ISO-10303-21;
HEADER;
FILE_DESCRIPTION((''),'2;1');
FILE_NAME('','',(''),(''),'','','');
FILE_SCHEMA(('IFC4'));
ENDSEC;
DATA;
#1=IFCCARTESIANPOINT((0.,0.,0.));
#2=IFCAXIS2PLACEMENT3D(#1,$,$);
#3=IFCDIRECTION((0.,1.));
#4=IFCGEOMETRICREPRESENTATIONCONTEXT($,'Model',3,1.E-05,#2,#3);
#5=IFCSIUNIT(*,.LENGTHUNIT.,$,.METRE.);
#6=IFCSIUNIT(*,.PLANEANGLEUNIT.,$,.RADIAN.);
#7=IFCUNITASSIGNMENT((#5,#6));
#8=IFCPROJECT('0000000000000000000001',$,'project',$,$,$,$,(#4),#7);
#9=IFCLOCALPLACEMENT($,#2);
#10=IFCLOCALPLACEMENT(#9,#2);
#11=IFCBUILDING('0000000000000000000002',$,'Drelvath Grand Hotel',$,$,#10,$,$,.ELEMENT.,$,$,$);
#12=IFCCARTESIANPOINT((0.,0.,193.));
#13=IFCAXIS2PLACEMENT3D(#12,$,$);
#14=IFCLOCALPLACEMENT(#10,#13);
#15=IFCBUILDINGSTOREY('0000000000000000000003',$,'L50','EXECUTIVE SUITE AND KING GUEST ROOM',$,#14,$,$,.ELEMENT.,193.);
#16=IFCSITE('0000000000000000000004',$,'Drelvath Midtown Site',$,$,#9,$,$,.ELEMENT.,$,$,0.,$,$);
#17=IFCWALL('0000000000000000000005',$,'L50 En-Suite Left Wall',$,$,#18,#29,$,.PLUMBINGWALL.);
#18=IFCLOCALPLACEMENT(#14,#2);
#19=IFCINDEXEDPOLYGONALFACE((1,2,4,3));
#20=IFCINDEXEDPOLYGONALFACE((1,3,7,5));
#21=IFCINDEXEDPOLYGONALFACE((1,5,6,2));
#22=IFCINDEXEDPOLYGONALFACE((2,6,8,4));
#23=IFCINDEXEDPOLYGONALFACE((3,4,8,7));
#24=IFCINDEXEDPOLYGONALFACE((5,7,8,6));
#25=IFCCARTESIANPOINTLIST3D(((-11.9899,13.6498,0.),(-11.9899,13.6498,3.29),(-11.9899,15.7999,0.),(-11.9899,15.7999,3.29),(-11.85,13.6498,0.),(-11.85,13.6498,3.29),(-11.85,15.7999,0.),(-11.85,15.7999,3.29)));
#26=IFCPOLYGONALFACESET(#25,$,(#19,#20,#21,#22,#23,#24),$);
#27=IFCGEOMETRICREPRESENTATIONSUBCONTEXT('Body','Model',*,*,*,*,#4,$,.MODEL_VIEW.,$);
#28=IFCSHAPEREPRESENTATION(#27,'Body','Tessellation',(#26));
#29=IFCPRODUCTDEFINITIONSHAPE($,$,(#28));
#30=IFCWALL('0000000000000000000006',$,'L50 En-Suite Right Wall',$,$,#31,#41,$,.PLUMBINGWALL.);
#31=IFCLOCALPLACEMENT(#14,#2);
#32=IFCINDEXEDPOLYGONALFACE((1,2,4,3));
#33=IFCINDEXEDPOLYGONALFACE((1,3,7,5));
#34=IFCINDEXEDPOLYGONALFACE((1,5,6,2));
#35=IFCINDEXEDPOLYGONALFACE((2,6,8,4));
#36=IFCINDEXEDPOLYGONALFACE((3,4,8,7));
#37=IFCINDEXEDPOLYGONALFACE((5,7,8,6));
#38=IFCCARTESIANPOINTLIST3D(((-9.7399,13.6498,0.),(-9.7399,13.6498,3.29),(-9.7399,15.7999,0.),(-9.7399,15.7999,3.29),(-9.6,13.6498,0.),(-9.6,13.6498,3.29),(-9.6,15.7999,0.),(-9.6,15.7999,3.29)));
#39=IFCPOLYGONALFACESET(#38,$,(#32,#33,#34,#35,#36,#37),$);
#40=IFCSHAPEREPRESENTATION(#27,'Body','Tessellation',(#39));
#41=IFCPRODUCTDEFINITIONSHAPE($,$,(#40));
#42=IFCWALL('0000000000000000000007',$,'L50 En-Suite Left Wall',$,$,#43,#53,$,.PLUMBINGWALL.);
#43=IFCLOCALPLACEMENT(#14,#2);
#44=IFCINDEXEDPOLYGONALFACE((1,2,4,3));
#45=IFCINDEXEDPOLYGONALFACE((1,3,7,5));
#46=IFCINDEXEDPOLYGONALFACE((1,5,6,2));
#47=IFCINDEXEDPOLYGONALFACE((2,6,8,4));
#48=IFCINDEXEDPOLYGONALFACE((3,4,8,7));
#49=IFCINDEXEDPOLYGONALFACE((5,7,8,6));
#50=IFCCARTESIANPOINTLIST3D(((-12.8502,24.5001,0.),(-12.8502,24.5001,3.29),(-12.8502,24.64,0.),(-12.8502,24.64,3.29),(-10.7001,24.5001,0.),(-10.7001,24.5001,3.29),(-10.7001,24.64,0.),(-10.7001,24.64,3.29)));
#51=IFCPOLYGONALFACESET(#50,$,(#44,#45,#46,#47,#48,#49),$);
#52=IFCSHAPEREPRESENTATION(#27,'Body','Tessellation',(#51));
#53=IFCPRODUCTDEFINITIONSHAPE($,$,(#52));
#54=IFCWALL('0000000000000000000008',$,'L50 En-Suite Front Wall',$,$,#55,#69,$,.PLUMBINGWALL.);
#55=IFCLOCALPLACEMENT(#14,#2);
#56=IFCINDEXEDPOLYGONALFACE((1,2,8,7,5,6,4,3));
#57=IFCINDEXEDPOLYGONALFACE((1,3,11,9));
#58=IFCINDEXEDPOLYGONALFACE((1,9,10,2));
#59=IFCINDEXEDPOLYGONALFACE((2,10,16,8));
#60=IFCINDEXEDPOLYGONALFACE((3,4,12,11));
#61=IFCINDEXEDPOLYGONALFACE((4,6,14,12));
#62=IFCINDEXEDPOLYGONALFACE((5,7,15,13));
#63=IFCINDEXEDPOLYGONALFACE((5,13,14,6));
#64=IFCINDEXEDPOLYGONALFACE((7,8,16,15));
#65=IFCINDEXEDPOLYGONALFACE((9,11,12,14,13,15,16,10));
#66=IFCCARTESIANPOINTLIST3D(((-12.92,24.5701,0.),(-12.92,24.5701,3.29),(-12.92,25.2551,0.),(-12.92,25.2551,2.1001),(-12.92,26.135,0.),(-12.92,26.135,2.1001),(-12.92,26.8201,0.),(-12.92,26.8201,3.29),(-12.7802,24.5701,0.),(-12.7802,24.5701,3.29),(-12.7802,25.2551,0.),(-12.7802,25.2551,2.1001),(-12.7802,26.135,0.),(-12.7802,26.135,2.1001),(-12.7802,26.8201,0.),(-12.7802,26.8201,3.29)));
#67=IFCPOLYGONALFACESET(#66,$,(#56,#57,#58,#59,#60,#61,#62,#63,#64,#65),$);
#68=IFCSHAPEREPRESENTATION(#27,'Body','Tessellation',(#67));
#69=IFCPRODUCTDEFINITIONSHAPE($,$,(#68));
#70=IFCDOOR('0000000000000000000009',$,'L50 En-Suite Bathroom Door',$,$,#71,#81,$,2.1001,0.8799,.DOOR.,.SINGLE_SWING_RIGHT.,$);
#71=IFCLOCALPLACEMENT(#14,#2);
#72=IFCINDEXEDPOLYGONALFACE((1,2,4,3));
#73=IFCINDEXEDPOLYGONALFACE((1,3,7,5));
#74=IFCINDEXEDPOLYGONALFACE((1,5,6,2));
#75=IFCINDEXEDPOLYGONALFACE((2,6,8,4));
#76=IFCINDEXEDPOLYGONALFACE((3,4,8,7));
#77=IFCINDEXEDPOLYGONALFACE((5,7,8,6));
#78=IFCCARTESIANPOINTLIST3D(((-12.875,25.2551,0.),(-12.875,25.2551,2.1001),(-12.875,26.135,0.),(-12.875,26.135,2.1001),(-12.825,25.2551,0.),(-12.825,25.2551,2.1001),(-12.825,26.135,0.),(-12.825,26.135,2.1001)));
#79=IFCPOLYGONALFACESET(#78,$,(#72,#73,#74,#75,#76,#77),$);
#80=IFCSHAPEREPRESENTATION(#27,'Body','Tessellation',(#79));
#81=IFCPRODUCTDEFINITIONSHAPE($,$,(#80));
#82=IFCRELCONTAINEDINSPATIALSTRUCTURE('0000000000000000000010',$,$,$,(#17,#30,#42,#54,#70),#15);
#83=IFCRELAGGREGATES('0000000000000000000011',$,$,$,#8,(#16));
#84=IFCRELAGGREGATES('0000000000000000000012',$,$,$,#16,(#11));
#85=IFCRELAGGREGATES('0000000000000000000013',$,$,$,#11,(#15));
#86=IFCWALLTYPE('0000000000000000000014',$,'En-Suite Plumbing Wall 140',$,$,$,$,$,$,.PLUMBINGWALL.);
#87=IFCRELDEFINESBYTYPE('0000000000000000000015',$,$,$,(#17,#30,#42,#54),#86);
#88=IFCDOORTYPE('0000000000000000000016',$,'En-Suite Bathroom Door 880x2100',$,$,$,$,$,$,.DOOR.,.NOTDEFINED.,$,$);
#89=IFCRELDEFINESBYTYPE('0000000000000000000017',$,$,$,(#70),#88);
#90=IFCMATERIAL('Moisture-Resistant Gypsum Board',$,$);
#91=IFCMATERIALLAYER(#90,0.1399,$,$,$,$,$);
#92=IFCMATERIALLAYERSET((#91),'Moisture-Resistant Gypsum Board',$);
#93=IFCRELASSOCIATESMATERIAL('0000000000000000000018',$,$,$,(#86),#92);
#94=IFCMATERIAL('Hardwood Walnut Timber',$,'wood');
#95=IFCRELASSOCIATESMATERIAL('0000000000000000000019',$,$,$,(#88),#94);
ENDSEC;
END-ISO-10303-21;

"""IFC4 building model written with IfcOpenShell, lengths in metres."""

from ifc_helpers import new_model, si_unit, direction, frame, frame_2d, origin, place, context, subcontext, project, spatial, rectangle, extrude, material, layer, layer_set, type_object, element, fill, save


model = new_model("IFC4")

# Units and contexts
model_context = context("Model", 3, precision=1e-05, world=origin(), true_north=direction((0.0, 1.0)))
body_context = subcontext(model_context, "Body", "Model", "MODEL_VIEW")
ifc_project = project(units=[si_unit("LENGTHUNIT", "METRE"), si_unit("PLANEANGLEUNIT", "RADIAN")], contexts=[model_context])

# Site, building, storey
site_placement = place(None, origin())
site = spatial("IfcSite", under=ifc_project, at=site_placement, Name="Drelvath Midtown Site", CompositionType="ELEMENT", RefElevation=0.0)
building_placement = place(site_placement, origin())
building = spatial("IfcBuilding", under=site, at=building_placement, Name="Drelvath Grand Hotel", CompositionType="ELEMENT")
storey_placement = place(building_placement, frame((0.0, 0.0, 193.0)))
storey = spatial("IfcBuildingStorey", under=building, at=storey_placement, Name="L50", Description="EXECUTIVE SUITE AND KING GUEST ROOM", CompositionType="ELEMENT", Elevation=193.0)

# Shared definitions
ifc_material_1 = material(Name="Hardwood Walnut Timber", Category="wood")

# Walls
ifc_material_2 = material(Name="Moisture-Resistant Gypsum Board")
ifc_layer_1 = layer(ifc_material_2, 0.1399)
ifc_layer_set_1 = layer_set([ifc_layer_1], Name="Moisture-Resistant Gypsum Board")
wall_type_1 = type_object("IfcWallType", Name="En-Suite Plumbing Wall 140", PredefinedType="PLUMBINGWALL", material=ifc_layer_set_1)
for number, where, z_axis, x_axis, name in (
    (1, (-11.9199, 15.8, 0.0), (0.0, 0.0, 1.0), (0.0, -1.0, 0.0), "L50 En-Suite Left Wall"),
    (2, (-9.6699, 15.8, 0.0), (0.0, 0.0, 1.0), (0.0, -1.0, 0.0), "L50 En-Suite Right Wall"),
    (3, (-10.7, 24.5701, 0.0), (0.0, 0.0, 1.0), (-1.0, 0.0, 0.0), "L50 En-Suite Left Wall"),
):
    element("IfcWall", number, at=place(storey_placement, frame(where, z_axis=z_axis, x_axis=x_axis)), inside=storey, type_object=wall_type_1, Name=name, PredefinedType="PLUMBINGWALL", context=body_context, shape_type="SweptSolid", body=[
        extrude(rectangle(XDim=2.1501, YDim=0.1399, at=frame_2d((1.0752, 0.0))), origin(), (0.0, 0.0, 1.0), 3.29),
    ])

# Wall, opening, door
wall_1_placement = place(storey_placement, frame((-12.8501, 24.5701, 0.0), z_axis=(0.0, 0.0, 1.0), x_axis=(0.0, 1.0, 0.0)))
wall_1 = element("IfcWall", 4, at=wall_1_placement, inside=storey, type_object=wall_type_1, Name="L50 En-Suite Front Wall", PredefinedType="PLUMBINGWALL", context=body_context, shape_type="SweptSolid", body=[
    extrude(rectangle(XDim=2.25, YDim=0.1399, at=frame_2d((1.125, 0.0))), origin(), (0.0, 0.0, 1.0), 3.29),
])
opening_1_placement = place(wall_1_placement, frame((0.6851, 0.0, 0.0)))
opening_1 = element("IfcOpeningElement", 5, at=opening_1_placement, cuts=wall_1, PredefinedType="OPENING", context=body_context, shape_type="SweptSolid", body=[
    extrude(rectangle(XDim=0.8799, YDim=2.1001, at=frame_2d((0.4399, 1.05))), frame((0.0, 0.0798, 0.0), z_axis=(0.0, -1.0, 0.0), x_axis=(1.0, 0.0, 0.0)), (0.0, 0.0, 1.0), 0.1599),
])
door_type_1 = type_object("IfcDoorType", Name="En-Suite Bathroom Door 880x2100", OperationType="NOTDEFINED", PredefinedType="DOOR", material=ifc_material_1)
door_1_placement = place(opening_1_placement, origin())
door_1 = element("IfcDoor", 6, at=door_1_placement, inside=storey, type_object=door_type_1, Name="L50 En-Suite Bathroom Door", OperationType="SINGLE_SWING_RIGHT", OverallHeight=2.1001, OverallWidth=0.8799, PredefinedType="DOOR", context=body_context, shape_type="SweptSolid", body=[
    extrude(rectangle(XDim=0.8799, YDim=2.1001, at=frame_2d((0.4399, 1.05))), frame((0.0, 0.0249, 0.0), z_axis=(0.0, -1.0, 0.0), x_axis=(1.0, 0.0, 0.0)), (0.0, 0.0, 1.0), 0.05),
])
fill(opening_1, door_1)

save(model, "model.ifc")
